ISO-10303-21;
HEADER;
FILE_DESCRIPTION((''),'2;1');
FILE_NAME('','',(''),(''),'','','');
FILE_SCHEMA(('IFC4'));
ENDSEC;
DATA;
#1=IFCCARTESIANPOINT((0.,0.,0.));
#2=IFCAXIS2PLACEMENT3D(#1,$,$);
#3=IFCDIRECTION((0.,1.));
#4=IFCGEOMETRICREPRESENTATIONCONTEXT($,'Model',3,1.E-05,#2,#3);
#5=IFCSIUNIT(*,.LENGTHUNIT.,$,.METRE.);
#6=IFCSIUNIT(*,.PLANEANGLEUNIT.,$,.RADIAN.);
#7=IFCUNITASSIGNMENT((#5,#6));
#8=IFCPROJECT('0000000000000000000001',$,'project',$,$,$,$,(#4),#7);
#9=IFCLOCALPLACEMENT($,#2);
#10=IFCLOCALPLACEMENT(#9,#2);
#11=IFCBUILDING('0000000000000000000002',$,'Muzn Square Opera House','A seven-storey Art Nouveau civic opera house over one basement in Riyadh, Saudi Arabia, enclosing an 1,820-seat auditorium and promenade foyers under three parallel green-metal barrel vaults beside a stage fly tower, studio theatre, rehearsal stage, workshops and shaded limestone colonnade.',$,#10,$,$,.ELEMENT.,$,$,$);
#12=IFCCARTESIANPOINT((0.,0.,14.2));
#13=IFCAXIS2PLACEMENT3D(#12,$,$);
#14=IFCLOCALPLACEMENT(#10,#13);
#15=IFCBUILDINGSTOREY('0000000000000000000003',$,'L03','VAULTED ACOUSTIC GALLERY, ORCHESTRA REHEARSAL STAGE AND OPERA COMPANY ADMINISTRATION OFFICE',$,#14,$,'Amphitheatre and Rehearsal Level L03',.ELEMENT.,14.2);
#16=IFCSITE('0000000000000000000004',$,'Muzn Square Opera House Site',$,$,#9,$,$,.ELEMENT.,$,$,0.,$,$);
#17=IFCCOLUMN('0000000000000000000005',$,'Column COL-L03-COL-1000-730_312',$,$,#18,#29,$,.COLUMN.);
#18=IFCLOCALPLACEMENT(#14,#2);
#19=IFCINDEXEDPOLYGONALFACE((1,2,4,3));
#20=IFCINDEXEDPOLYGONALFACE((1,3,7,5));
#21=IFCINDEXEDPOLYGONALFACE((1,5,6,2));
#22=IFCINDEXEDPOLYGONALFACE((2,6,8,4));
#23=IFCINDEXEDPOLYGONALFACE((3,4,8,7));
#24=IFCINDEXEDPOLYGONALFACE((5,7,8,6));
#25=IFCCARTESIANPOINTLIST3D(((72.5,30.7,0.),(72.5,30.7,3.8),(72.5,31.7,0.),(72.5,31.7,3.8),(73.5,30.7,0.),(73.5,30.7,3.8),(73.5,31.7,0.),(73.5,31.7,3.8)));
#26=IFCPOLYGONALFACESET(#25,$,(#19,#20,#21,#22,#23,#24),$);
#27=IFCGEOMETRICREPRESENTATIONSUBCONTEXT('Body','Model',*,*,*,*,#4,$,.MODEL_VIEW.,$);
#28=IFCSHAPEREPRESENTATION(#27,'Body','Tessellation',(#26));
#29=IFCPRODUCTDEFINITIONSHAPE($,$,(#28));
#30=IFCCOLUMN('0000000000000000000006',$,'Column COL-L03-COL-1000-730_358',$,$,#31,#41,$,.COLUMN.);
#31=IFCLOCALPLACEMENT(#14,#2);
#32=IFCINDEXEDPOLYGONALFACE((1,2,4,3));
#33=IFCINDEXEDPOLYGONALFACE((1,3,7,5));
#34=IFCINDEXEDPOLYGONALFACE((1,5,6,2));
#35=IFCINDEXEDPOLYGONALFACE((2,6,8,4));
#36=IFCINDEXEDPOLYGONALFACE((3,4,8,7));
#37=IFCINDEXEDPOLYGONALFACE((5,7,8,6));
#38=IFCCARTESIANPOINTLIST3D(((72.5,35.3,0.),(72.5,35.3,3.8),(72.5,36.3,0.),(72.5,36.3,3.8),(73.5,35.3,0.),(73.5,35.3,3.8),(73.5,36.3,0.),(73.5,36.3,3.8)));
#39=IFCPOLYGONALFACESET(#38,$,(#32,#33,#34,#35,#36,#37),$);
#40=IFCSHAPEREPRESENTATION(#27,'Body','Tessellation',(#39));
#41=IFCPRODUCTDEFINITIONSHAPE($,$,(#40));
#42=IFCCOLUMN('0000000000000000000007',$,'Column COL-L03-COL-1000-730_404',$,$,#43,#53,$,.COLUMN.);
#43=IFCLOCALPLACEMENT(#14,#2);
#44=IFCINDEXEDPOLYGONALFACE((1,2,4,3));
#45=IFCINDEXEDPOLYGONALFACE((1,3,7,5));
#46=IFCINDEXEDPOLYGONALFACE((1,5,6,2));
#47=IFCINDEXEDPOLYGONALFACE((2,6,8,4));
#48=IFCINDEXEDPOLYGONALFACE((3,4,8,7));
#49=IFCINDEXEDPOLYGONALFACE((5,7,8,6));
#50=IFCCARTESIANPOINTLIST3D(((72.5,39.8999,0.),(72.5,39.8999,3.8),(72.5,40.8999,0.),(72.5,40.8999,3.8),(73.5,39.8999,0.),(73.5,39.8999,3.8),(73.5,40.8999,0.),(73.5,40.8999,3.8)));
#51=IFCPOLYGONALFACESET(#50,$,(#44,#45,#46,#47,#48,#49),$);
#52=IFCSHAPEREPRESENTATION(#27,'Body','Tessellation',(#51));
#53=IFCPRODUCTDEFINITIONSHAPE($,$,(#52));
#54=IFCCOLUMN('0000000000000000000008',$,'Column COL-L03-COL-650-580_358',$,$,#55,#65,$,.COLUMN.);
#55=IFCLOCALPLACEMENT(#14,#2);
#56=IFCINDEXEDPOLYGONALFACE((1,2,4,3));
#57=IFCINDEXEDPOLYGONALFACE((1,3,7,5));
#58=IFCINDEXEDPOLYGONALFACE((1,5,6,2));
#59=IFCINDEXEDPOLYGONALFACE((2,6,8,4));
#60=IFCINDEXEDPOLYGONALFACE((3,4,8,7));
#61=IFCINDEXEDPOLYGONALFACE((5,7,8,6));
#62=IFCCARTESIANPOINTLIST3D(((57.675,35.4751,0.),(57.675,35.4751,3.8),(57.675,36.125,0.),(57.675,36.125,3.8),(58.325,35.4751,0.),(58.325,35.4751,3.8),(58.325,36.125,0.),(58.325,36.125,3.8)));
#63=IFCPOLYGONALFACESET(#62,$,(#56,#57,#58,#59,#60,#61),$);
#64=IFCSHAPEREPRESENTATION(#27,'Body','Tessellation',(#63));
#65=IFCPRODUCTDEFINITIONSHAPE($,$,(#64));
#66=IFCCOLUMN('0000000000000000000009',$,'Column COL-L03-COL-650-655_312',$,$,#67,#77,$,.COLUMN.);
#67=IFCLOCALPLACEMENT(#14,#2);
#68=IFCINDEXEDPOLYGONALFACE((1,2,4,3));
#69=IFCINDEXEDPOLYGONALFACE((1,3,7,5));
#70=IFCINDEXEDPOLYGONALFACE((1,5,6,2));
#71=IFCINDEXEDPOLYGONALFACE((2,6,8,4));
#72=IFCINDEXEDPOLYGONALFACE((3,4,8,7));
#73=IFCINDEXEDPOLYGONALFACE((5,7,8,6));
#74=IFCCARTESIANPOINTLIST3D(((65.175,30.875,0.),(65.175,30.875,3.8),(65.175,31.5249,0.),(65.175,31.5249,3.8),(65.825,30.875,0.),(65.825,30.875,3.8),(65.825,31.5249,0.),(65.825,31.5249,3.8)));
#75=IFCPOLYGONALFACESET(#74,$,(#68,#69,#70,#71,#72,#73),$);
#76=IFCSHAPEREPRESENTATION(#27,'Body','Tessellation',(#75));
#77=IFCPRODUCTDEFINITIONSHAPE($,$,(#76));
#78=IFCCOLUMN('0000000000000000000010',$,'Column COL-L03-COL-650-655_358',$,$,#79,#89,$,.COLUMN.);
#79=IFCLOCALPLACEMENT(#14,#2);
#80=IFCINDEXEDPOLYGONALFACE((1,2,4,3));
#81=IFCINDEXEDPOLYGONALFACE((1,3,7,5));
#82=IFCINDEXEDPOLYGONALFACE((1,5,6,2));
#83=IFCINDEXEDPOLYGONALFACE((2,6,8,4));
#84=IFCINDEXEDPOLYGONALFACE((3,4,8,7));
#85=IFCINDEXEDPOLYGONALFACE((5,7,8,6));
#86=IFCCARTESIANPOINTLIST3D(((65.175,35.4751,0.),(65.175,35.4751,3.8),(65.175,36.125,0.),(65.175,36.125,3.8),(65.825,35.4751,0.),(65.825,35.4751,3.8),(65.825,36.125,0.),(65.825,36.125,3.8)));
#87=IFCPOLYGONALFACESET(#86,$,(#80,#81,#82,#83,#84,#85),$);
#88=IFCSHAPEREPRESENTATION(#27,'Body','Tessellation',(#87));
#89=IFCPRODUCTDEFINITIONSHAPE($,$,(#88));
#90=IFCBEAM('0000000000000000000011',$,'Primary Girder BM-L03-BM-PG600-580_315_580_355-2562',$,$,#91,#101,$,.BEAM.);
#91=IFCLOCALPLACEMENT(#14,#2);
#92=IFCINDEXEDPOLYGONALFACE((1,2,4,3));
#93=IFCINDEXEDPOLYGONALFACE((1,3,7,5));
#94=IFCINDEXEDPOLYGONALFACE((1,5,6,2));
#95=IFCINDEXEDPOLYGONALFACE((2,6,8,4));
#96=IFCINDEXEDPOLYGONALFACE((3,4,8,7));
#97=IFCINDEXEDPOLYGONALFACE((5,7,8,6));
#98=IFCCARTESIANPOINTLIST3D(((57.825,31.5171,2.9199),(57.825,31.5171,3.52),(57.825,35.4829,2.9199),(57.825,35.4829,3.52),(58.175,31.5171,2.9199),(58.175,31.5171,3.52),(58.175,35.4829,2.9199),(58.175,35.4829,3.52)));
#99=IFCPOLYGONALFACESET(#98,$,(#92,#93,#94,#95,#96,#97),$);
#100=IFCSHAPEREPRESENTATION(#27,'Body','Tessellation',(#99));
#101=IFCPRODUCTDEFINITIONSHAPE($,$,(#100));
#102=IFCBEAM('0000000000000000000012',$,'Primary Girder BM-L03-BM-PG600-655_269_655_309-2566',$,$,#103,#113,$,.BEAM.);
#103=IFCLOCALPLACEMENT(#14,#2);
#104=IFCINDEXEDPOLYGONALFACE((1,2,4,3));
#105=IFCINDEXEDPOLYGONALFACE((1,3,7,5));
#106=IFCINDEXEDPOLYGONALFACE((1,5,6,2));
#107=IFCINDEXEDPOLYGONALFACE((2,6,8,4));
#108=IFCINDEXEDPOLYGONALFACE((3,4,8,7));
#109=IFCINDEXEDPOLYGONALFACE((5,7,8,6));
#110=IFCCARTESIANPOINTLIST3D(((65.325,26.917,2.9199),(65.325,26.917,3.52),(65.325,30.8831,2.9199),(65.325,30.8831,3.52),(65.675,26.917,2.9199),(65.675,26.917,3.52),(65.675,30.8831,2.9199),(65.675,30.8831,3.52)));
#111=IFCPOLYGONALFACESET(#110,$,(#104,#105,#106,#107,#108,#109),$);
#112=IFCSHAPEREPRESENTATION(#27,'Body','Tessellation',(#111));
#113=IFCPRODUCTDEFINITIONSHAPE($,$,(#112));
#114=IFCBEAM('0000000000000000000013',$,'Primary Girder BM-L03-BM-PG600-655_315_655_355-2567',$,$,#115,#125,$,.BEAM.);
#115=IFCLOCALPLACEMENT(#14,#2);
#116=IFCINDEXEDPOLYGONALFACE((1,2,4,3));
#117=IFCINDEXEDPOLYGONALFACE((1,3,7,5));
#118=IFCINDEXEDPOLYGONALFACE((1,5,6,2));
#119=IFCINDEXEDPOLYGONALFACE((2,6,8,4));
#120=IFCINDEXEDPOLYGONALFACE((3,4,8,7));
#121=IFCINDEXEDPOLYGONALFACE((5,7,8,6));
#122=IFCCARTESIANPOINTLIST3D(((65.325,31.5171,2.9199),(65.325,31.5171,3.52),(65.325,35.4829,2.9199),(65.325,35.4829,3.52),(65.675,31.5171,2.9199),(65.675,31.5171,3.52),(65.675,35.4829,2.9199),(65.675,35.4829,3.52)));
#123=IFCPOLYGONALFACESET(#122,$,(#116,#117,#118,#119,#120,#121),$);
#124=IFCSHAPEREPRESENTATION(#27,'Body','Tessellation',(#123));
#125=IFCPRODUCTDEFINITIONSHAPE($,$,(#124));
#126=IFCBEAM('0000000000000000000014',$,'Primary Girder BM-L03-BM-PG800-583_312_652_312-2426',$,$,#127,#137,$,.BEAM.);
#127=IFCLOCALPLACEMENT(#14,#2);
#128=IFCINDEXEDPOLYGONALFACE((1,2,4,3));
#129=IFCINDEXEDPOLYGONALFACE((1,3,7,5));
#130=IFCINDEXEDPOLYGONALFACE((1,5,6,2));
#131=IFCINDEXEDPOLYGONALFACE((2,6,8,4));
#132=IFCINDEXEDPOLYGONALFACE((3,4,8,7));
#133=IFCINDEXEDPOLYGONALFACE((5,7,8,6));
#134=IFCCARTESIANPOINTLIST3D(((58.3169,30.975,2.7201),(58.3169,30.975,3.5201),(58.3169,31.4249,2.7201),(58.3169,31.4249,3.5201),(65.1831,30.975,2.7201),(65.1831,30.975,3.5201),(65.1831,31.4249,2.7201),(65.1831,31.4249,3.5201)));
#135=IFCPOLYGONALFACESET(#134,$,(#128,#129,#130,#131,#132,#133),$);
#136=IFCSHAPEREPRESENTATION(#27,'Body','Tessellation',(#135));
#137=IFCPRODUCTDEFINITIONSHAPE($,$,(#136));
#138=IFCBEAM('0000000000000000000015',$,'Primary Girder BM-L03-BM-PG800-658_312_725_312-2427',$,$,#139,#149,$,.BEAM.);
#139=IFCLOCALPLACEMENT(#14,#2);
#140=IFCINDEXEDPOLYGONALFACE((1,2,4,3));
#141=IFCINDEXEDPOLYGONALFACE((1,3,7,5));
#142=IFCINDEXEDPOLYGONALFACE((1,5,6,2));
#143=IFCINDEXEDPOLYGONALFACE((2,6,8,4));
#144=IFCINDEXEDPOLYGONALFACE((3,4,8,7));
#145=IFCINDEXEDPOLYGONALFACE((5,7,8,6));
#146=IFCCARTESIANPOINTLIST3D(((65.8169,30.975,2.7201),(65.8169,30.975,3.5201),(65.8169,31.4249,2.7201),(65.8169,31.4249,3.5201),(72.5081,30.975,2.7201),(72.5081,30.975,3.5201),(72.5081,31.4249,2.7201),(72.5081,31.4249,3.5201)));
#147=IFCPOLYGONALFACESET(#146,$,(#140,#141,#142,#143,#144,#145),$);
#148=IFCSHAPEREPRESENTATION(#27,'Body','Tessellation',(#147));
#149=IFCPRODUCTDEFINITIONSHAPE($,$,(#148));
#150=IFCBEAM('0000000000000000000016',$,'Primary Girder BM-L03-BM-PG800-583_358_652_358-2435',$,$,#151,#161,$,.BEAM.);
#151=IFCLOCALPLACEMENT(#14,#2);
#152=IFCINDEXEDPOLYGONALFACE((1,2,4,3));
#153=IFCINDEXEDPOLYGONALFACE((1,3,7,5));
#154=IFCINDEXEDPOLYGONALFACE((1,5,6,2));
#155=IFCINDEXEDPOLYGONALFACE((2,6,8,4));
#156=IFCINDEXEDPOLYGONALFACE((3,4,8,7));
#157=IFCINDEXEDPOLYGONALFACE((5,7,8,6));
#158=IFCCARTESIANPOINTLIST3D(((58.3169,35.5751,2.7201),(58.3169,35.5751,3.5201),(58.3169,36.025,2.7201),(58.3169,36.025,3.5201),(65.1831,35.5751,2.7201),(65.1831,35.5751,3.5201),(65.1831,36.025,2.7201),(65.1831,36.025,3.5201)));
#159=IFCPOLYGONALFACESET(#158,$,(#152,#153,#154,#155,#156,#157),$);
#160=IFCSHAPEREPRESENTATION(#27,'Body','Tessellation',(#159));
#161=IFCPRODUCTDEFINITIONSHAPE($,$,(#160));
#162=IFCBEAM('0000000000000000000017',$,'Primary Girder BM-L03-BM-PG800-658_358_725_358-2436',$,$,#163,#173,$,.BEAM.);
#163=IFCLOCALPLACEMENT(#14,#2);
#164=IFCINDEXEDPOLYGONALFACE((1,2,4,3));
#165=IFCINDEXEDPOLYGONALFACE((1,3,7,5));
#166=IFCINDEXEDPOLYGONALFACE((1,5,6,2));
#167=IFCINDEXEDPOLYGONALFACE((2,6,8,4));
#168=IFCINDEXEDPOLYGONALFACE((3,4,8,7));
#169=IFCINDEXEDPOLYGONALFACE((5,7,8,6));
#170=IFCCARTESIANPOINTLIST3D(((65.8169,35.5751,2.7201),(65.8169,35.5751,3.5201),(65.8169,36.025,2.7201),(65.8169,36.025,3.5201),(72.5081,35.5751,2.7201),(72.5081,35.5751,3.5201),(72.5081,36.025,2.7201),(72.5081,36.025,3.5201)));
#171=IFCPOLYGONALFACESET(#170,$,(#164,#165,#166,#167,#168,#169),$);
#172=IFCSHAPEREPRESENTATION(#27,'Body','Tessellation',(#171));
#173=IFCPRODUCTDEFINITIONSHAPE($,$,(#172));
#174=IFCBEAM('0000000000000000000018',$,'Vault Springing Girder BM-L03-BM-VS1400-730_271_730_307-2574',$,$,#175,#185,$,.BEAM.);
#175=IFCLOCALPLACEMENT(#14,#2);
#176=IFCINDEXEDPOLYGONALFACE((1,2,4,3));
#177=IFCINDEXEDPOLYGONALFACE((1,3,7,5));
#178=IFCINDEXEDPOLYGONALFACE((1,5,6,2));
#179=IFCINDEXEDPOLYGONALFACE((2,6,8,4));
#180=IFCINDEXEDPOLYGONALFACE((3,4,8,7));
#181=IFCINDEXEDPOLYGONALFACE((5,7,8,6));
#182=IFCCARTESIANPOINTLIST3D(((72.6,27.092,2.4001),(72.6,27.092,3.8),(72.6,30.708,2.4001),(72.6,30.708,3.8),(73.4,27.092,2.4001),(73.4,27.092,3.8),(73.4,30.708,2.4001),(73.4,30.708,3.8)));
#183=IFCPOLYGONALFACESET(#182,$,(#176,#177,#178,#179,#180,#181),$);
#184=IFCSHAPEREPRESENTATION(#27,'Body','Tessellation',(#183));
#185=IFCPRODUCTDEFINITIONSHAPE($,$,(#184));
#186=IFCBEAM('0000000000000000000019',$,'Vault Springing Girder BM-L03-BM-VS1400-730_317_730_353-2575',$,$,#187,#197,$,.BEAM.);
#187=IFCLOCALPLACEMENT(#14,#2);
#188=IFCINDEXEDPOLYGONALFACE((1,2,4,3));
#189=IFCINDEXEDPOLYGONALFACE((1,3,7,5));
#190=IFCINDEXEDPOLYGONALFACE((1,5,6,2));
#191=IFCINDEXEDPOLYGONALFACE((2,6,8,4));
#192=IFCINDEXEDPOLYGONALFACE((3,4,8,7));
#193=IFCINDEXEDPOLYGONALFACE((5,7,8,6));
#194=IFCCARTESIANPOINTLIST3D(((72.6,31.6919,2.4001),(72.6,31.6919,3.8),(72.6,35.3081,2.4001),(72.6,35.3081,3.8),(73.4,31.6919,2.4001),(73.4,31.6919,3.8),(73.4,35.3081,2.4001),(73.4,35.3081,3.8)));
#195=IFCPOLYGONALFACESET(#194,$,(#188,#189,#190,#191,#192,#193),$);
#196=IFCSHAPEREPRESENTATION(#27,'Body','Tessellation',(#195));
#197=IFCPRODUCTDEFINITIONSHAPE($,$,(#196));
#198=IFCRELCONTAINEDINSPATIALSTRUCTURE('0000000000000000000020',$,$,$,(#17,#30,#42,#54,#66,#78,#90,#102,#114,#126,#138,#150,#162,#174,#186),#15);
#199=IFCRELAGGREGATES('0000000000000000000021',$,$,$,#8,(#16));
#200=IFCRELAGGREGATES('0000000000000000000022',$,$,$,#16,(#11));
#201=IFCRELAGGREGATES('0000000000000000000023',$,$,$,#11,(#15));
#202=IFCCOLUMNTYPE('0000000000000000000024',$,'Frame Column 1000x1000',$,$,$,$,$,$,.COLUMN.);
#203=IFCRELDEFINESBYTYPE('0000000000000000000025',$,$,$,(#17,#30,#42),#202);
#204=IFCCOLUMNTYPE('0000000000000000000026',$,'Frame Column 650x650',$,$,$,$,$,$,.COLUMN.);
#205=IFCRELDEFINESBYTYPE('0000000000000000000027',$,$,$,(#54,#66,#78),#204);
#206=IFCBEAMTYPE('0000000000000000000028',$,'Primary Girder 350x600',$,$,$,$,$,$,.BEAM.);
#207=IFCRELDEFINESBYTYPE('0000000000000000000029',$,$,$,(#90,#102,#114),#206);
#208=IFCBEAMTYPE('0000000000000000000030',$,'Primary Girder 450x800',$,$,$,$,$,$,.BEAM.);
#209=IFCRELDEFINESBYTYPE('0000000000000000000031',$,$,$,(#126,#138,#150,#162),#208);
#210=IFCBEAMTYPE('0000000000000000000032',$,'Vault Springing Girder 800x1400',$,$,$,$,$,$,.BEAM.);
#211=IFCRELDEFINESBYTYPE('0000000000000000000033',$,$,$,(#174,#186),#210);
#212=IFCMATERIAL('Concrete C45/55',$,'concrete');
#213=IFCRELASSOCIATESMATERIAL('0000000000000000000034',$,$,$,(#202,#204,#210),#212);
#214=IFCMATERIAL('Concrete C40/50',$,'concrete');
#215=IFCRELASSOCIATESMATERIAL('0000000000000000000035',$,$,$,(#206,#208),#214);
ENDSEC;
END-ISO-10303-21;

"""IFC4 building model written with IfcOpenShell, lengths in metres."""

from ifc_helpers import new_model, si_unit, direction, frame, origin, origin_2d, place, context, subcontext, project, spatial, rectangle, extrude, material, material_profile, profile_set, type_object, element, save


model = new_model("IFC4")

# Units and contexts
model_context = context("Model", 3, precision=1e-05, world=origin(), true_north=direction((0.0, 1.0)))
body_context = subcontext(model_context, "Body", "Model", "MODEL_VIEW")
ifc_project = project(units=[si_unit("LENGTHUNIT", "METRE"), si_unit("PLANEANGLEUNIT", "RADIAN")], contexts=[model_context])

# Site, building, storey
site_placement = place(None, origin())
site = spatial("IfcSite", under=ifc_project, at=site_placement, Name="Muzn Square Opera House Site", CompositionType="ELEMENT", RefElevation=0.0)
building_placement = place(site_placement, origin())
building = spatial("IfcBuilding", under=site, at=building_placement, Name="Muzn Square Opera House", Description="A seven-storey Art Nouveau civic opera house over one basement in Riyadh, Saudi Arabia, enclosing an 1,820-seat auditorium and promenade foyers under three parallel green-metal barrel vaults beside a stage fly tower, studio theatre, rehearsal stage, workshops and shaded limestone colonnade.", CompositionType="ELEMENT")
storey_placement = place(building_placement, frame((0.0, 0.0, 14.2)))
storey = spatial("IfcBuildingStorey", under=building, at=storey_placement, Name="L03", Description="VAULTED ACOUSTIC GALLERY, ORCHESTRA REHEARSAL STAGE AND OPERA COMPANY ADMINISTRATION OFFICE", LongName="Amphitheatre and Rehearsal Level L03", CompositionType="ELEMENT", Elevation=14.2)

# Columns
ifc_material_1 = material(Name="Concrete C45/55", Category="concrete")
ifc_material_profile_1 = material_profile(ifc_material_1, rectangle(XDim=1.0, YDim=1.0, at=origin_2d()), Name="RC 1000x1000", Category="concrete")
ifc_profile_set_1 = profile_set([ifc_material_profile_1], Name="Concrete C45/55")
column_type_1 = type_object("IfcColumnType", Name="Frame Column 1000x1000", PredefinedType="COLUMN", material=ifc_profile_set_1)
for number, where, z_axis, x_axis, name in (
    (1, (73.0, 31.2, 0.0), (0.0, 0.0, 1.0), (1.0, 0.0, 0.0), "Column COL-L03-COL-1000-730_312"),
    (2, (73.0, 35.8, 0.0), (0.0, 0.0, 1.0), (1.0, 0.0, 0.0), "Column COL-L03-COL-1000-730_358"),
    (3, (73.0, 40.3999, 0.0), (0.0, 0.0, 1.0), (1.0, 0.0, 0.0), "Column COL-L03-COL-1000-730_404"),
):
    element("IfcColumn", number, at=place(storey_placement, frame(where, z_axis=z_axis, x_axis=x_axis)), inside=storey, type_object=column_type_1, Name=name, PredefinedType="COLUMN", context=body_context, shape_type="SweptSolid", body=[
        extrude(rectangle(XDim=1.0, YDim=1.0, at=origin_2d()), origin(), (0.0, 0.0, 1.0), 3.8),
    ])
ifc_material_profile_2 = material_profile(ifc_material_1, rectangle(XDim=0.6499, YDim=0.6499, at=origin_2d()), Name="RC 650x650", Category="concrete")
ifc_profile_set_2 = profile_set([ifc_material_profile_2], Name="Concrete C45/55")
column_type_2 = type_object("IfcColumnType", Name="Frame Column 650x650", PredefinedType="COLUMN", material=ifc_profile_set_2)
for number, where, z_axis, x_axis, name in (
    (4, (58.0, 35.8, 0.0), (0.0, 0.0, 1.0), (1.0, 0.0, 0.0), "Column COL-L03-COL-650-580_358"),
    (5, (65.5, 31.2, 0.0), (0.0, 0.0, 1.0), (1.0, 0.0, 0.0), "Column COL-L03-COL-650-655_312"),
    (6, (65.5, 35.8, 0.0), (0.0, 0.0, 1.0), (1.0, 0.0, 0.0), "Column COL-L03-COL-650-655_358"),
):
    element("IfcColumn", number, at=place(storey_placement, frame(where, z_axis=z_axis, x_axis=x_axis)), inside=storey, type_object=column_type_2, Name=name, PredefinedType="COLUMN", context=body_context, shape_type="SweptSolid", body=[
        extrude(rectangle(XDim=0.6499, YDim=0.6499, at=origin_2d()), origin(), (0.0, 0.0, 1.0), 3.8),
    ])

# Beams
ifc_material_2 = material(Name="Concrete C40/50", Category="concrete")
ifc_material_profile_3 = material_profile(ifc_material_2, rectangle(XDim=0.3501, YDim=0.6001, at=origin_2d()), Name="RCB 350x600", Category="concrete")
ifc_profile_set_3 = profile_set([ifc_material_profile_3], Name="Concrete C40/50")
beam_type_1 = type_object("IfcBeamType", Name="Primary Girder 350x600", PredefinedType="BEAM", material=ifc_profile_set_3)
beam_1_placement = place(storey_placement, frame((58.0, 31.5171, 3.22), z_axis=(0.0, 1.0, 0.0), x_axis=(-1.0, 0.0, 0.0)))
element("IfcBeam", 7, at=beam_1_placement, inside=storey, type_object=beam_type_1, Name="Primary Girder BM-L03-BM-PG600-580_315_580_355-2562", PredefinedType="BEAM", context=body_context, shape_type="SweptSolid", body=[
    extrude(rectangle(XDim=0.3501, YDim=0.6001, at=origin_2d()), origin(), (0.0, 0.0, 1.0), 3.9658),
])
beam_2_placement = place(storey_placement, frame((65.5, 26.917, 3.22), z_axis=(0.0, 1.0, 0.0), x_axis=(-1.0, 0.0, 0.0)))
element("IfcBeam", 8, at=beam_2_placement, inside=storey, type_object=beam_type_1, Name="Primary Girder BM-L03-BM-PG600-655_269_655_309-2566", PredefinedType="BEAM", context=body_context, shape_type="SweptSolid", body=[
    extrude(rectangle(XDim=0.3501, YDim=0.6001, at=origin_2d()), origin(), (0.0, 0.0, 1.0), 3.9661),
])
beam_3_placement = place(storey_placement, frame((65.5, 31.5171, 3.22), z_axis=(0.0, 1.0, 0.0), x_axis=(-1.0, 0.0, 0.0)))
element("IfcBeam", 9, at=beam_3_placement, inside=storey, type_object=beam_type_1, Name="Primary Girder BM-L03-BM-PG600-655_315_655_355-2567", PredefinedType="BEAM", context=body_context, shape_type="SweptSolid", body=[
    extrude(rectangle(XDim=0.3501, YDim=0.6001, at=origin_2d()), origin(), (0.0, 0.0, 1.0), 3.9658),
])
ifc_material_profile_4 = material_profile(ifc_material_2, rectangle(XDim=0.45, YDim=0.8, at=origin_2d()), Name="RCB 450x800", Category="concrete")
ifc_profile_set_4 = profile_set([ifc_material_profile_4], Name="Concrete C40/50")
beam_type_2 = type_object("IfcBeamType", Name="Primary Girder 450x800", PredefinedType="BEAM", material=ifc_profile_set_4)
beam_4_placement = place(storey_placement, frame((58.3169, 31.2, 3.1201), z_axis=(1.0, 0.0, 0.0), x_axis=(0.0, 1.0, 0.0)))
element("IfcBeam", 10, at=beam_4_placement, inside=storey, type_object=beam_type_2, Name="Primary Girder BM-L03-BM-PG800-583_312_652_312-2426", PredefinedType="BEAM", context=body_context, shape_type="SweptSolid", body=[
    extrude(rectangle(XDim=0.45, YDim=0.8, at=origin_2d()), origin(), (0.0, 0.0, 1.0), 6.8662),
])
beam_5_placement = place(storey_placement, frame((65.8169, 31.2, 3.1201), z_axis=(1.0, 0.0, 0.0), x_axis=(0.0, 1.0, 0.0)))
element("IfcBeam", 11, at=beam_5_placement, inside=storey, type_object=beam_type_2, Name="Primary Girder BM-L03-BM-PG800-658_312_725_312-2427", PredefinedType="BEAM", context=body_context, shape_type="SweptSolid", body=[
    extrude(rectangle(XDim=0.45, YDim=0.8, at=origin_2d()), origin(), (0.0, 0.0, 1.0), 6.6912),
])
beam_6_placement = place(storey_placement, frame((58.3169, 35.8, 3.1201), z_axis=(1.0, 0.0, 0.0), x_axis=(0.0, 1.0, 0.0)))
element("IfcBeam", 12, at=beam_6_placement, inside=storey, type_object=beam_type_2, Name="Primary Girder BM-L03-BM-PG800-583_358_652_358-2435", PredefinedType="BEAM", context=body_context, shape_type="SweptSolid", body=[
    extrude(rectangle(XDim=0.45, YDim=0.8, at=origin_2d()), origin(), (0.0, 0.0, 1.0), 6.8662),
])
beam_7_placement = place(storey_placement, frame((65.8169, 35.8, 3.1201), z_axis=(1.0, 0.0, 0.0), x_axis=(0.0, 1.0, 0.0)))
element("IfcBeam", 13, at=beam_7_placement, inside=storey, type_object=beam_type_2, Name="Primary Girder BM-L03-BM-PG800-658_358_725_358-2436", PredefinedType="BEAM", context=body_context, shape_type="SweptSolid", body=[
    extrude(rectangle(XDim=0.45, YDim=0.8, at=origin_2d()), origin(), (0.0, 0.0, 1.0), 6.6912),
])
ifc_material_profile_5 = material_profile(ifc_material_1, rectangle(XDim=0.8, YDim=1.3999, at=origin_2d()), Name="RCB 800x1400", Category="concrete")
ifc_profile_set_5 = profile_set([ifc_material_profile_5], Name="Concrete C45/55")
beam_type_3 = type_object("IfcBeamType", Name="Vault Springing Girder 800x1400", PredefinedType="BEAM", material=ifc_profile_set_5)
beam_8_placement = place(storey_placement, frame((73.0, 27.092, 3.1001), z_axis=(0.0, 1.0, 0.0), x_axis=(-1.0, 0.0, 0.0)))
element("IfcBeam", 14, at=beam_8_placement, inside=storey, type_object=beam_type_3, Name="Vault Springing Girder BM-L03-BM-VS1400-730_271_730_307-2574", PredefinedType="BEAM", context=body_context, shape_type="SweptSolid", body=[
    extrude(rectangle(XDim=0.8, YDim=1.3999, at=origin_2d()), origin(), (0.0, 0.0, 1.0), 3.616),
])
beam_9_placement = place(storey_placement, frame((73.0, 31.6919, 3.1001), z_axis=(0.0, 1.0, 0.0), x_axis=(-1.0, 0.0, 0.0)))
element("IfcBeam", 15, at=beam_9_placement, inside=storey, type_object=beam_type_3, Name="Vault Springing Girder BM-L03-BM-VS1400-730_317_730_353-2575", PredefinedType="BEAM", context=body_context, shape_type="SweptSolid", body=[
    extrude(rectangle(XDim=0.8, YDim=1.3999, at=origin_2d()), origin(), (0.0, 0.0, 1.0), 3.6162),
])

save(model, "model.ifc")
